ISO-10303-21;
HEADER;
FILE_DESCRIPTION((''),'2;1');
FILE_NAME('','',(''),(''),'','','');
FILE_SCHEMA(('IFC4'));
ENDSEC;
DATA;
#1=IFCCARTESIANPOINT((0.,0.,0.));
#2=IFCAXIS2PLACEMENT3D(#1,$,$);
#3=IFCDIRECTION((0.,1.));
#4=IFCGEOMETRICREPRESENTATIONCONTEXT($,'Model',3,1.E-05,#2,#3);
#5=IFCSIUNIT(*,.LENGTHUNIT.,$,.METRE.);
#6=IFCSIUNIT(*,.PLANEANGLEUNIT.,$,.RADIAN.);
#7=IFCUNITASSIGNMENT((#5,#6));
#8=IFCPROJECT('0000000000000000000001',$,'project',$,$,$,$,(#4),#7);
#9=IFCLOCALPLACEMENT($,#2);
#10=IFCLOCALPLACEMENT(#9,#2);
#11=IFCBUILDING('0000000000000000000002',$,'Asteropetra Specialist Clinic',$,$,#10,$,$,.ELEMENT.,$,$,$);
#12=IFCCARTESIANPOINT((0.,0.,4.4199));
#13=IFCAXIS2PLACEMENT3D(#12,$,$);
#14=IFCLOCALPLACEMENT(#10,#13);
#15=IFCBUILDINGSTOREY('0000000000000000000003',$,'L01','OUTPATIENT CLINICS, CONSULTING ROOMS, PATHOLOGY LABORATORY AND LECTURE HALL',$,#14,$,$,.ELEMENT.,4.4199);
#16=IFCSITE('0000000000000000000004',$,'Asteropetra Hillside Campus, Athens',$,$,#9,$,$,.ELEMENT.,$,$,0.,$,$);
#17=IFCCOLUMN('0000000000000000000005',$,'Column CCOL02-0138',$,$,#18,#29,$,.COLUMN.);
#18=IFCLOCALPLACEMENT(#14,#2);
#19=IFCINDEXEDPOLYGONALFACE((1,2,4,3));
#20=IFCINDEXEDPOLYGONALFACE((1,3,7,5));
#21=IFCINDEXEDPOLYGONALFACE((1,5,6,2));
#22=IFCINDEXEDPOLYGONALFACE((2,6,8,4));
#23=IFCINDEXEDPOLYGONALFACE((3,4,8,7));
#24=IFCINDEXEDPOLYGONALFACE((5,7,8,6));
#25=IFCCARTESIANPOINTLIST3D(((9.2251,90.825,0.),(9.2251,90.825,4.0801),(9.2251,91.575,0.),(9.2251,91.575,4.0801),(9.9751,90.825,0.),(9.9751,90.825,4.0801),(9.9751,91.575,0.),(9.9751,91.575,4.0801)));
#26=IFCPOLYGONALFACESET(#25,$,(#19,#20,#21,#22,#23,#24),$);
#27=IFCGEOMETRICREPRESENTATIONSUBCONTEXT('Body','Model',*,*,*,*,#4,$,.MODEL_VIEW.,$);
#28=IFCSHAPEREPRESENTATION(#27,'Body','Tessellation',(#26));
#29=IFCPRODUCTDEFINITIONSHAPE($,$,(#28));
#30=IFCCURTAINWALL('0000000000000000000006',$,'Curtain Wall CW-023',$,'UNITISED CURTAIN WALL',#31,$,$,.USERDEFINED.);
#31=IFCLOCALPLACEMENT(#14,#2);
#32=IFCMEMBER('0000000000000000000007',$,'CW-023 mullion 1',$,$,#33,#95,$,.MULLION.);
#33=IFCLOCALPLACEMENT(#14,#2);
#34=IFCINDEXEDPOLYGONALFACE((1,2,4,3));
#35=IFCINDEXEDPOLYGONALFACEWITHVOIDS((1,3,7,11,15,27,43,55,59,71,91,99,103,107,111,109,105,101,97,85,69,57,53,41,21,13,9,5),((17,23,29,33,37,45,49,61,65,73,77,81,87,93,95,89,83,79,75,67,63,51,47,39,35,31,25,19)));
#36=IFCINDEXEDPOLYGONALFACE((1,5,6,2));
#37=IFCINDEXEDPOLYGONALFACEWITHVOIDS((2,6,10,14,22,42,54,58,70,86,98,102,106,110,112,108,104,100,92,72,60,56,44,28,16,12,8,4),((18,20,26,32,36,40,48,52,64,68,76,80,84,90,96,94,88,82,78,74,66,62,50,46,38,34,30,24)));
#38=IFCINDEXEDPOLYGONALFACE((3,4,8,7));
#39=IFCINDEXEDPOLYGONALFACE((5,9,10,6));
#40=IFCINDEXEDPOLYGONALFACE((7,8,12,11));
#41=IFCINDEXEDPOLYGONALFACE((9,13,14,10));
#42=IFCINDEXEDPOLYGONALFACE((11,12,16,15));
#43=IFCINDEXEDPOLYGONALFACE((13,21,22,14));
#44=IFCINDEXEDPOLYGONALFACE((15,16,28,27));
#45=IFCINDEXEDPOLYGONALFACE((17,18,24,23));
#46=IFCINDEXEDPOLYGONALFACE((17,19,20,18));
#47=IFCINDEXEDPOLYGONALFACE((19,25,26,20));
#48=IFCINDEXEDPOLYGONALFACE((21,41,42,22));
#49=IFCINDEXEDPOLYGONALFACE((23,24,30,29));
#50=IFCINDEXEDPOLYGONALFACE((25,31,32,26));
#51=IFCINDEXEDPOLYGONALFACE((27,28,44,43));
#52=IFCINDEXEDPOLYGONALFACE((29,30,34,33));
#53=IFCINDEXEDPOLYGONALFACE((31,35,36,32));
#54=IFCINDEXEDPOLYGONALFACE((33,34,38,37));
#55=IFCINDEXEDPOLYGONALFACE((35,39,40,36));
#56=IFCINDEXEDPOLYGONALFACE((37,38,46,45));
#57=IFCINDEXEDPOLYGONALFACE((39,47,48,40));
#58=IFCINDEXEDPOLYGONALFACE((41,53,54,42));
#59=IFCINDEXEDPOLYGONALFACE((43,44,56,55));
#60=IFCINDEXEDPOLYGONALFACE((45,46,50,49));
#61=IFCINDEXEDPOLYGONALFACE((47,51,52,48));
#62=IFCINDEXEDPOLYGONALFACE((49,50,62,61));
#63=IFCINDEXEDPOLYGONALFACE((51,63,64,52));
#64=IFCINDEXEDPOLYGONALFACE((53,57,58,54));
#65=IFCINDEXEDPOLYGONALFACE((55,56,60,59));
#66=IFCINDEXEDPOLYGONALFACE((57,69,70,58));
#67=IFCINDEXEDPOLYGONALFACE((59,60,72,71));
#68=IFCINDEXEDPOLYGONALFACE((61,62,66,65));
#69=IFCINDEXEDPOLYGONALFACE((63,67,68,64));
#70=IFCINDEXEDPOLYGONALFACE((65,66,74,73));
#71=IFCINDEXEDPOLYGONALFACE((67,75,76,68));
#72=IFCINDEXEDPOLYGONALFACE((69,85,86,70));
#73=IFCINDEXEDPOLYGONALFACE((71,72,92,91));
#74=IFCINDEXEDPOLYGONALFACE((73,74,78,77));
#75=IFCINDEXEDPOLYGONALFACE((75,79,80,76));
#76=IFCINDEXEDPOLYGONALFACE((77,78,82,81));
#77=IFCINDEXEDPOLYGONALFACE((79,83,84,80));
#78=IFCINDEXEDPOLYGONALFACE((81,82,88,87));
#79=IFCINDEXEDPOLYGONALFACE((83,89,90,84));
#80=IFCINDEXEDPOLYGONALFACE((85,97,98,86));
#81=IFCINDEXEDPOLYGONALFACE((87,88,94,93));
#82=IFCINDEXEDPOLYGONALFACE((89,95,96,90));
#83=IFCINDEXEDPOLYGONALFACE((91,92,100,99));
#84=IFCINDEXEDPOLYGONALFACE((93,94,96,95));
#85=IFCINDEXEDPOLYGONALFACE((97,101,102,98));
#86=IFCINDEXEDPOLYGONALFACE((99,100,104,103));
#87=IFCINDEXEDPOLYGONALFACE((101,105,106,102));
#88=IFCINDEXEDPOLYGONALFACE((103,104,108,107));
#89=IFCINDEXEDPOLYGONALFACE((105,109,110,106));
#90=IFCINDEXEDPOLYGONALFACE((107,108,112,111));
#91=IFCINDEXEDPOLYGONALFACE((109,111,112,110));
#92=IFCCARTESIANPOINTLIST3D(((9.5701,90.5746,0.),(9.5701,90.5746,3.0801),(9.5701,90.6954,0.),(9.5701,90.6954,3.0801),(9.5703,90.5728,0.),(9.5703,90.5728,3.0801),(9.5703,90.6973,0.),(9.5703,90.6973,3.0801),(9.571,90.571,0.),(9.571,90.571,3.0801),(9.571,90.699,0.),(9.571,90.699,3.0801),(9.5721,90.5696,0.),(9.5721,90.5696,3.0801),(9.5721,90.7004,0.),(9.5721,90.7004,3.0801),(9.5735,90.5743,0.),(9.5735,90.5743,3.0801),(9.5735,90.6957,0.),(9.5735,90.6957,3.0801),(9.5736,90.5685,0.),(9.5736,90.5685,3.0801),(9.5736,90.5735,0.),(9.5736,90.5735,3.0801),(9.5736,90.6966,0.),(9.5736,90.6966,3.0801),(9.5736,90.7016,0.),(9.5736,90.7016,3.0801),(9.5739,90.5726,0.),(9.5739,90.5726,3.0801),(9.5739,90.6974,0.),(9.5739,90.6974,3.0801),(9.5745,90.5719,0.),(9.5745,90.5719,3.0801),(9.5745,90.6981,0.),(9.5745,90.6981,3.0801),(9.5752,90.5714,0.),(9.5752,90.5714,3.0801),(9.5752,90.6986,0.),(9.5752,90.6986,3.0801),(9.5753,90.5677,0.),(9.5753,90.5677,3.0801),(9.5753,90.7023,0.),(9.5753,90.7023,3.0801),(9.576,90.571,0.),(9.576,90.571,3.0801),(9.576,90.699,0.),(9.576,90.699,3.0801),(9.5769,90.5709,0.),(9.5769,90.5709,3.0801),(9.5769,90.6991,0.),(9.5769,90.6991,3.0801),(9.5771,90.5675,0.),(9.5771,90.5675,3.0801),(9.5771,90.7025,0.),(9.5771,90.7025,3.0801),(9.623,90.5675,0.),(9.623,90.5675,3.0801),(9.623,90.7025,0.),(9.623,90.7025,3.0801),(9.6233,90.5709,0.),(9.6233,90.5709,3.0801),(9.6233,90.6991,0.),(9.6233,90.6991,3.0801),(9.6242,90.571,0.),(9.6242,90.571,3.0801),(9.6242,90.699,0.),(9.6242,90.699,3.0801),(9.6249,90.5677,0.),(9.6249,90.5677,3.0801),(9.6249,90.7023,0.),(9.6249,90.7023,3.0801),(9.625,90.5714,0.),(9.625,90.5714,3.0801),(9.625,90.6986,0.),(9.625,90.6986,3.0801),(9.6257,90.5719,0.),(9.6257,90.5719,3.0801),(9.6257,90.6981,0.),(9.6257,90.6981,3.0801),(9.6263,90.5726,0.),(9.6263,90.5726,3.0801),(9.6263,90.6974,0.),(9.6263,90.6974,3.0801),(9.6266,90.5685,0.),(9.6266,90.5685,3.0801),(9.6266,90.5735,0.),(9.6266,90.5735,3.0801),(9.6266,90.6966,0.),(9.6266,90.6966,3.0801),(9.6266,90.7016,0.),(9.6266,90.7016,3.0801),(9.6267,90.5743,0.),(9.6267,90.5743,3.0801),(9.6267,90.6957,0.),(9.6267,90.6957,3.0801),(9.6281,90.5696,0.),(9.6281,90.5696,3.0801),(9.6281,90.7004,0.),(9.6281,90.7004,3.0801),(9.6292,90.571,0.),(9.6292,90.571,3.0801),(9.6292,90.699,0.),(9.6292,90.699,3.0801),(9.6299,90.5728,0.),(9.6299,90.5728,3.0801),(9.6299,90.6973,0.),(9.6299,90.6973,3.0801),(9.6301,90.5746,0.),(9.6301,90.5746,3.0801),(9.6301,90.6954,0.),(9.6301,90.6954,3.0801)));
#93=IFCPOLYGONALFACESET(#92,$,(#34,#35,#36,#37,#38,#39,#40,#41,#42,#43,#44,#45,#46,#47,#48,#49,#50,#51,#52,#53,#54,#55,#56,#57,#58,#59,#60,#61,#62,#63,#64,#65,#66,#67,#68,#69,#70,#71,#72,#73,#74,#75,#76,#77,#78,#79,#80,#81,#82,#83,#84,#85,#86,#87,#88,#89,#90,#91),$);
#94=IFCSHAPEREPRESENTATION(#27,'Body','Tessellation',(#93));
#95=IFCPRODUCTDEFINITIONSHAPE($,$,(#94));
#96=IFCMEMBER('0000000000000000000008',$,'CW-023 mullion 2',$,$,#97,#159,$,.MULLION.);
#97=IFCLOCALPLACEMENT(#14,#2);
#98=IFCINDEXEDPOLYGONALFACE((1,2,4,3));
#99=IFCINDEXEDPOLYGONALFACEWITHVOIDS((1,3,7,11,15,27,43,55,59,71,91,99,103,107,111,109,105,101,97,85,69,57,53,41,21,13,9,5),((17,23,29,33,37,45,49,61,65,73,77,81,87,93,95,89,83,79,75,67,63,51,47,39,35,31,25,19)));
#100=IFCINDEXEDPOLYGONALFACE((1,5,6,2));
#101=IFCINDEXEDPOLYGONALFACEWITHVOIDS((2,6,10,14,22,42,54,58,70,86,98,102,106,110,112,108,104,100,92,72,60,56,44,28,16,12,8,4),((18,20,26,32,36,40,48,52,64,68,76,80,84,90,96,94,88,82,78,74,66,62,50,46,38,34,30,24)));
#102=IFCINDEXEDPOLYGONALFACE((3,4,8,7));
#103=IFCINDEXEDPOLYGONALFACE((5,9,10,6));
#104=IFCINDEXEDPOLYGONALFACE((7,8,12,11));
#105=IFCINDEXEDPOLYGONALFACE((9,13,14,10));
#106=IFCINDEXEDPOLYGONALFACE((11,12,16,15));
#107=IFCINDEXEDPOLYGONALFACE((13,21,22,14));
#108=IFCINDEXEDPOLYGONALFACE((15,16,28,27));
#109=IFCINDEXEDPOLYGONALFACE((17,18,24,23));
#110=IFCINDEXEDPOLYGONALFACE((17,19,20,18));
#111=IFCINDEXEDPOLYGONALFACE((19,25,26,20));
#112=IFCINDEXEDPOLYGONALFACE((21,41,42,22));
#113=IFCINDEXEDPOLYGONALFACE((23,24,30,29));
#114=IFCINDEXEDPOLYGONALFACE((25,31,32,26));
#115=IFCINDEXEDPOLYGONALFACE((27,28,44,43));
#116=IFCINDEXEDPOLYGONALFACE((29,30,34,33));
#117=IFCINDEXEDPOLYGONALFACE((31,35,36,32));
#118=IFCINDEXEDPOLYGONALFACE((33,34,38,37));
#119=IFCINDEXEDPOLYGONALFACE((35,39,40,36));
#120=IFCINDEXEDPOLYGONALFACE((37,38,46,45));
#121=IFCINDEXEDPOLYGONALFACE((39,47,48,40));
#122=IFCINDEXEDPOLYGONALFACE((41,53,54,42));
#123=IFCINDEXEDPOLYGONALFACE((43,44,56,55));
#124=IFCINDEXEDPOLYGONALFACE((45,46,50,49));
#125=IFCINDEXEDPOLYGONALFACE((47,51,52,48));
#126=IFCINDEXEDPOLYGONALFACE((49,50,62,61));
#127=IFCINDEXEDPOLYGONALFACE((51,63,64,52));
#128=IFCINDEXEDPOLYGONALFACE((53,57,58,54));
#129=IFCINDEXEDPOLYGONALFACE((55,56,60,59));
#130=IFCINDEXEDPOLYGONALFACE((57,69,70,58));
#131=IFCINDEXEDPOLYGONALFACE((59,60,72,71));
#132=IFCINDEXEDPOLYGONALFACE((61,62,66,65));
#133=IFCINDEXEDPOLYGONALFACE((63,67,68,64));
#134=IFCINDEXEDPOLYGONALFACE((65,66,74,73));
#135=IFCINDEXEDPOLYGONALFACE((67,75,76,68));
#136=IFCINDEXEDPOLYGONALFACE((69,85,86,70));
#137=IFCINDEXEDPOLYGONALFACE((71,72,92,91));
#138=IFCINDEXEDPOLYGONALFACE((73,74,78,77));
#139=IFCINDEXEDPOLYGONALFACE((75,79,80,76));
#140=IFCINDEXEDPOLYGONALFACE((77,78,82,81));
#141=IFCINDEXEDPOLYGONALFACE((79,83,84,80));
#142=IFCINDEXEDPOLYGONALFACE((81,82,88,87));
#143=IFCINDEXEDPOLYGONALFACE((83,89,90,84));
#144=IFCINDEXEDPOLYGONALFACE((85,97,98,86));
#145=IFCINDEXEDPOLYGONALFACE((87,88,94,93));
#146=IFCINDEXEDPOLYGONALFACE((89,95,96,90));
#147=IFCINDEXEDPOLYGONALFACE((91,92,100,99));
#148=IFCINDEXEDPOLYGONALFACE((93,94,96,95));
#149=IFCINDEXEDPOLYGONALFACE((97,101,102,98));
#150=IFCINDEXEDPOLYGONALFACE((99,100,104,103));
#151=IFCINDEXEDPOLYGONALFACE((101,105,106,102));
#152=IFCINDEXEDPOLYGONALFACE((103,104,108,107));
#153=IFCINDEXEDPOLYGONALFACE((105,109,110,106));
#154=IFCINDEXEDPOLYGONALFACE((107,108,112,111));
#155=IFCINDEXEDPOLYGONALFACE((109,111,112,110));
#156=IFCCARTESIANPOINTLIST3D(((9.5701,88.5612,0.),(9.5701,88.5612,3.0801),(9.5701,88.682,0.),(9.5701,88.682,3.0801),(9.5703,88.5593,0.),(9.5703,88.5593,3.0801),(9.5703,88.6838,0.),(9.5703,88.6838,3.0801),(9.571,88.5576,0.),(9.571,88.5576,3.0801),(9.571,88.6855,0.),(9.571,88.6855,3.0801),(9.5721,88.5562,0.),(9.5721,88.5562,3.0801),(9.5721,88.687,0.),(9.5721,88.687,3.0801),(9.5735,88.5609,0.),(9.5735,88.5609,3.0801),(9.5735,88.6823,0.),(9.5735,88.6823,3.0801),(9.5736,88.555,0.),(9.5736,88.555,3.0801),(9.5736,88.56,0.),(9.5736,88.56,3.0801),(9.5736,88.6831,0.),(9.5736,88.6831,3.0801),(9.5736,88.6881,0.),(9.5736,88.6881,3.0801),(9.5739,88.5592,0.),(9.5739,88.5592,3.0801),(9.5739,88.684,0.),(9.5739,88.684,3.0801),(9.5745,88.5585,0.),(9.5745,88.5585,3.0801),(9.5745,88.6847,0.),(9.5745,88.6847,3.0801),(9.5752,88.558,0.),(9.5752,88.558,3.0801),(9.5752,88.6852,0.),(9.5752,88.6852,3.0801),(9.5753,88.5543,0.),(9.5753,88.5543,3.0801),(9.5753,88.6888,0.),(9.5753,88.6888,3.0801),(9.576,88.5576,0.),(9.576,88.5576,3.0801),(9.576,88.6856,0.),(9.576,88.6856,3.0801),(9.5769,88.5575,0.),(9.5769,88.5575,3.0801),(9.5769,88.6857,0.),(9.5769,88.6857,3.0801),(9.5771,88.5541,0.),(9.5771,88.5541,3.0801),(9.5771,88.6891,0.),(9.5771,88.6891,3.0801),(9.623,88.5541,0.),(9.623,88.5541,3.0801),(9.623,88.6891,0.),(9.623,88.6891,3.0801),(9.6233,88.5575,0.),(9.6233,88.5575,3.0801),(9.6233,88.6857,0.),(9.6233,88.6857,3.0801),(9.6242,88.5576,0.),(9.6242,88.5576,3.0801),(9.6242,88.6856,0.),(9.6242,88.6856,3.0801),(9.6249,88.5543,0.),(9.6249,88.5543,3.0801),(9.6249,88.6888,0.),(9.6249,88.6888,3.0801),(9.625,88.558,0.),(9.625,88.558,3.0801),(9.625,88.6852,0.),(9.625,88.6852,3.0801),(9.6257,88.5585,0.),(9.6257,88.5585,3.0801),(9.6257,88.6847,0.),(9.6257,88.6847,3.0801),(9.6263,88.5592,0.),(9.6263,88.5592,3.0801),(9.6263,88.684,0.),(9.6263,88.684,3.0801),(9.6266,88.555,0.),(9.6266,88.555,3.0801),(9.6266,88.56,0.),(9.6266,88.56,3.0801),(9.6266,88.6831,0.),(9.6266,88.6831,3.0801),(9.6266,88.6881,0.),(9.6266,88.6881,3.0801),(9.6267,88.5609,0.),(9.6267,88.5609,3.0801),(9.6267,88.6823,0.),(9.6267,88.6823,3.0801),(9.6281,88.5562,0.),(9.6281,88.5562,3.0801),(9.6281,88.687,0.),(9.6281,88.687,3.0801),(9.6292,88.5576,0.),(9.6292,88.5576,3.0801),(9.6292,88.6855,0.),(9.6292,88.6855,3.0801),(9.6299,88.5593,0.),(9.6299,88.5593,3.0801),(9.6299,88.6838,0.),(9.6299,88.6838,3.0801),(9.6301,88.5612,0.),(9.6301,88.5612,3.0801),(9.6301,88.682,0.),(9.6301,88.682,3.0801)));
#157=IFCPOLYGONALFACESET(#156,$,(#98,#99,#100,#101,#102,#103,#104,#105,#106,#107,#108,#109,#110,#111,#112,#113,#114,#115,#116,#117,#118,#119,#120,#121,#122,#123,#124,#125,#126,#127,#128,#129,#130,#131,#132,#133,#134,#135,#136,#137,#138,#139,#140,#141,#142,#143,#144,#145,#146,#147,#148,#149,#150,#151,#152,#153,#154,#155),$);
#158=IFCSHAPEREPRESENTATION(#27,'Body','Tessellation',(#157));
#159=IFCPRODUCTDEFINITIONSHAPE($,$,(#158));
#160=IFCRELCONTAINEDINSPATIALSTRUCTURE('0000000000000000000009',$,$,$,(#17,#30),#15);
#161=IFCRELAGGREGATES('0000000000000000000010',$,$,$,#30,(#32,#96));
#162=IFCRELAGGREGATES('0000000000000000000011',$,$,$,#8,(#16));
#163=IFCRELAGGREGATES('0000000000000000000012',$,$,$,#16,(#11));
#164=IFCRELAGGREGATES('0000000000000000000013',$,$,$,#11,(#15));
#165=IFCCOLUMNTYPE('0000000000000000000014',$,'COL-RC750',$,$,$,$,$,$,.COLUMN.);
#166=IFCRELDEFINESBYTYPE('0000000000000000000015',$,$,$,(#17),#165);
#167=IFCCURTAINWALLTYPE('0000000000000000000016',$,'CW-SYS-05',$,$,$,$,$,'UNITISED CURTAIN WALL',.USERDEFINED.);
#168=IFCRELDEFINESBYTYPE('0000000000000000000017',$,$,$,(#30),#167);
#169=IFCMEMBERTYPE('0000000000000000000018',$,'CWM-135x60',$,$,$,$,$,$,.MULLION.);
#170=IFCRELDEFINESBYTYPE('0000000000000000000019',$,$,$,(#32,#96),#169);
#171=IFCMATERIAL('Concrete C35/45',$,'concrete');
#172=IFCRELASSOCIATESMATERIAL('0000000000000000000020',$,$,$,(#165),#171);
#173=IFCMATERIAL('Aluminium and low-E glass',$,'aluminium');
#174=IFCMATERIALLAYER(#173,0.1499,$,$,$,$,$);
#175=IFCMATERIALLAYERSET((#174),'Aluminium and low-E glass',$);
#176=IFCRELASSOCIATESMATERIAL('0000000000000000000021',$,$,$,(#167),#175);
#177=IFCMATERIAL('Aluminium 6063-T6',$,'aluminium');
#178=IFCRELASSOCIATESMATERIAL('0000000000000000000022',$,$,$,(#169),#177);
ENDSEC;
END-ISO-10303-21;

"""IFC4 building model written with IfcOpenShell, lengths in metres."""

from ifc_helpers import new_model, si_unit, direction, frame, origin, origin_2d, place, context, subcontext, project, spatial, rectangle, hollow_rectangle, extrude, material, layer, layer_set, material_profile, profile_set, type_object, element, aggregate, save


model = new_model("IFC4")

# Units and contexts
model_context = context("Model", 3, precision=1e-05, world=origin(), true_north=direction((0.0, 1.0)))
body_context = subcontext(model_context, "Body", "Model", "MODEL_VIEW")
ifc_project = project(units=[si_unit("LENGTHUNIT", "METRE"), si_unit("PLANEANGLEUNIT", "RADIAN")], contexts=[model_context])

# Site, building, storey
site_placement = place(None, origin())
site = spatial("IfcSite", under=ifc_project, at=site_placement, Name="Asteropetra Hillside Campus, Athens", CompositionType="ELEMENT", RefElevation=0.0)
building_placement = place(site_placement, origin())
building = spatial("IfcBuilding", under=site, at=building_placement, Name="Asteropetra Specialist Clinic", CompositionType="ELEMENT")
storey_placement = place(building_placement, frame((0.0, 0.0, 4.4199)))
storey = spatial("IfcBuildingStorey", under=building, at=storey_placement, Name="L01", Description="OUTPATIENT CLINICS, CONSULTING ROOMS, PATHOLOGY LABORATORY AND LECTURE HALL", CompositionType="ELEMENT", Elevation=4.4199)

# Column
ifc_material_1 = material(Name="Concrete C35/45", Category="concrete")
ifc_material_profile_1 = material_profile(ifc_material_1, rectangle(XDim=0.75, YDim=0.75, at=origin_2d()), Name="RC 750x750")
ifc_profile_set_1 = profile_set([ifc_material_profile_1], Name="Concrete C35/45")
column_type = type_object("IfcColumnType", Name="COL-RC750", PredefinedType="COLUMN", material=ifc_profile_set_1)
column_placement = place(storey_placement, frame((9.6001, 91.2, 0.0), z_axis=(0.0, 0.0, 1.0), x_axis=(1.0, 0.0, 0.0)))
element("IfcColumn", 1, at=column_placement, inside=storey, type_object=column_type, Name="Column CCOL02-0138", PredefinedType="COLUMN", context=body_context, shape_type="SweptSolid", body=[
    extrude(rectangle(XDim=0.75, YDim=0.75, at=origin_2d()), origin(), (0.0, 0.0, 1.0), 4.0801),
])

# Curtain wall, members
ifc_material_2 = material(Name="Aluminium and low-E glass", Category="aluminium")
ifc_layer_1 = layer(ifc_material_2, 0.1499)
ifc_layer_set_1 = layer_set([ifc_layer_1], Name="Aluminium and low-E glass")
curtain_wall_type = type_object("IfcCurtainWallType", Name="CW-SYS-05", ElementType="UNITISED CURTAIN WALL", PredefinedType="USERDEFINED", material=ifc_layer_set_1)
curtain_wall_1_placement = place(storey_placement, origin())
curtain_wall_1 = element("IfcCurtainWall", 2, at=curtain_wall_1_placement, inside=storey, type_object=curtain_wall_type, Name="Curtain Wall CW-023", ObjectType="UNITISED CURTAIN WALL", PredefinedType="USERDEFINED")
ifc_material_3 = material(Name="Aluminium 6063-T6", Category="aluminium")
ifc_material_profile_2 = material_profile(ifc_material_3, hollow_rectangle(XDim=0.0601, YDim=0.135, WallThickness=0.0034, InnerFilletRadius=0.0034, OuterFilletRadius=0.0071, at=origin_2d()), Name="MUL 135x60x3.5")
ifc_profile_set_2 = profile_set([ifc_material_profile_2], Name="Aluminium 6063-T6")
member_type_1 = type_object("IfcMemberType", Name="CWM-135x60", PredefinedType="MULLION", material=ifc_profile_set_2)
member_1_placement = place(storey_placement, frame((9.6001, 90.635, 0.0), z_axis=(0.0, 0.0, 1.0), x_axis=(1.0, 0.0, 0.0)))
member_1 = element("IfcMember", 3, at=member_1_placement, type_object=member_type_1, Name="CW-023 mullion 1", PredefinedType="MULLION", context=body_context, shape_type="SweptSolid", body=[
    extrude(hollow_rectangle(XDim=0.0601, YDim=0.135, WallThickness=0.0034, InnerFilletRadius=0.0034, OuterFilletRadius=0.0071, at=origin_2d()), origin(), (0.0, 0.0, 1.0), 3.0801),
])
member_2_placement = place(storey_placement, frame((9.6001, 88.6216, 0.0), z_axis=(0.0, 0.0, 1.0), x_axis=(1.0, 0.0, 0.0)))
member_2 = element("IfcMember", 4, at=member_2_placement, type_object=member_type_1, Name="CW-023 mullion 2", PredefinedType="MULLION", context=body_context, shape_type="SweptSolid", body=[
    extrude(hollow_rectangle(XDim=0.0601, YDim=0.135, WallThickness=0.0034, InnerFilletRadius=0.0034, OuterFilletRadius=0.0071, at=origin_2d()), origin(), (0.0, 0.0, 1.0), 3.0801),
])

aggregate(curtain_wall_1, [member_1, member_2])

save(model, "model.ifc")
